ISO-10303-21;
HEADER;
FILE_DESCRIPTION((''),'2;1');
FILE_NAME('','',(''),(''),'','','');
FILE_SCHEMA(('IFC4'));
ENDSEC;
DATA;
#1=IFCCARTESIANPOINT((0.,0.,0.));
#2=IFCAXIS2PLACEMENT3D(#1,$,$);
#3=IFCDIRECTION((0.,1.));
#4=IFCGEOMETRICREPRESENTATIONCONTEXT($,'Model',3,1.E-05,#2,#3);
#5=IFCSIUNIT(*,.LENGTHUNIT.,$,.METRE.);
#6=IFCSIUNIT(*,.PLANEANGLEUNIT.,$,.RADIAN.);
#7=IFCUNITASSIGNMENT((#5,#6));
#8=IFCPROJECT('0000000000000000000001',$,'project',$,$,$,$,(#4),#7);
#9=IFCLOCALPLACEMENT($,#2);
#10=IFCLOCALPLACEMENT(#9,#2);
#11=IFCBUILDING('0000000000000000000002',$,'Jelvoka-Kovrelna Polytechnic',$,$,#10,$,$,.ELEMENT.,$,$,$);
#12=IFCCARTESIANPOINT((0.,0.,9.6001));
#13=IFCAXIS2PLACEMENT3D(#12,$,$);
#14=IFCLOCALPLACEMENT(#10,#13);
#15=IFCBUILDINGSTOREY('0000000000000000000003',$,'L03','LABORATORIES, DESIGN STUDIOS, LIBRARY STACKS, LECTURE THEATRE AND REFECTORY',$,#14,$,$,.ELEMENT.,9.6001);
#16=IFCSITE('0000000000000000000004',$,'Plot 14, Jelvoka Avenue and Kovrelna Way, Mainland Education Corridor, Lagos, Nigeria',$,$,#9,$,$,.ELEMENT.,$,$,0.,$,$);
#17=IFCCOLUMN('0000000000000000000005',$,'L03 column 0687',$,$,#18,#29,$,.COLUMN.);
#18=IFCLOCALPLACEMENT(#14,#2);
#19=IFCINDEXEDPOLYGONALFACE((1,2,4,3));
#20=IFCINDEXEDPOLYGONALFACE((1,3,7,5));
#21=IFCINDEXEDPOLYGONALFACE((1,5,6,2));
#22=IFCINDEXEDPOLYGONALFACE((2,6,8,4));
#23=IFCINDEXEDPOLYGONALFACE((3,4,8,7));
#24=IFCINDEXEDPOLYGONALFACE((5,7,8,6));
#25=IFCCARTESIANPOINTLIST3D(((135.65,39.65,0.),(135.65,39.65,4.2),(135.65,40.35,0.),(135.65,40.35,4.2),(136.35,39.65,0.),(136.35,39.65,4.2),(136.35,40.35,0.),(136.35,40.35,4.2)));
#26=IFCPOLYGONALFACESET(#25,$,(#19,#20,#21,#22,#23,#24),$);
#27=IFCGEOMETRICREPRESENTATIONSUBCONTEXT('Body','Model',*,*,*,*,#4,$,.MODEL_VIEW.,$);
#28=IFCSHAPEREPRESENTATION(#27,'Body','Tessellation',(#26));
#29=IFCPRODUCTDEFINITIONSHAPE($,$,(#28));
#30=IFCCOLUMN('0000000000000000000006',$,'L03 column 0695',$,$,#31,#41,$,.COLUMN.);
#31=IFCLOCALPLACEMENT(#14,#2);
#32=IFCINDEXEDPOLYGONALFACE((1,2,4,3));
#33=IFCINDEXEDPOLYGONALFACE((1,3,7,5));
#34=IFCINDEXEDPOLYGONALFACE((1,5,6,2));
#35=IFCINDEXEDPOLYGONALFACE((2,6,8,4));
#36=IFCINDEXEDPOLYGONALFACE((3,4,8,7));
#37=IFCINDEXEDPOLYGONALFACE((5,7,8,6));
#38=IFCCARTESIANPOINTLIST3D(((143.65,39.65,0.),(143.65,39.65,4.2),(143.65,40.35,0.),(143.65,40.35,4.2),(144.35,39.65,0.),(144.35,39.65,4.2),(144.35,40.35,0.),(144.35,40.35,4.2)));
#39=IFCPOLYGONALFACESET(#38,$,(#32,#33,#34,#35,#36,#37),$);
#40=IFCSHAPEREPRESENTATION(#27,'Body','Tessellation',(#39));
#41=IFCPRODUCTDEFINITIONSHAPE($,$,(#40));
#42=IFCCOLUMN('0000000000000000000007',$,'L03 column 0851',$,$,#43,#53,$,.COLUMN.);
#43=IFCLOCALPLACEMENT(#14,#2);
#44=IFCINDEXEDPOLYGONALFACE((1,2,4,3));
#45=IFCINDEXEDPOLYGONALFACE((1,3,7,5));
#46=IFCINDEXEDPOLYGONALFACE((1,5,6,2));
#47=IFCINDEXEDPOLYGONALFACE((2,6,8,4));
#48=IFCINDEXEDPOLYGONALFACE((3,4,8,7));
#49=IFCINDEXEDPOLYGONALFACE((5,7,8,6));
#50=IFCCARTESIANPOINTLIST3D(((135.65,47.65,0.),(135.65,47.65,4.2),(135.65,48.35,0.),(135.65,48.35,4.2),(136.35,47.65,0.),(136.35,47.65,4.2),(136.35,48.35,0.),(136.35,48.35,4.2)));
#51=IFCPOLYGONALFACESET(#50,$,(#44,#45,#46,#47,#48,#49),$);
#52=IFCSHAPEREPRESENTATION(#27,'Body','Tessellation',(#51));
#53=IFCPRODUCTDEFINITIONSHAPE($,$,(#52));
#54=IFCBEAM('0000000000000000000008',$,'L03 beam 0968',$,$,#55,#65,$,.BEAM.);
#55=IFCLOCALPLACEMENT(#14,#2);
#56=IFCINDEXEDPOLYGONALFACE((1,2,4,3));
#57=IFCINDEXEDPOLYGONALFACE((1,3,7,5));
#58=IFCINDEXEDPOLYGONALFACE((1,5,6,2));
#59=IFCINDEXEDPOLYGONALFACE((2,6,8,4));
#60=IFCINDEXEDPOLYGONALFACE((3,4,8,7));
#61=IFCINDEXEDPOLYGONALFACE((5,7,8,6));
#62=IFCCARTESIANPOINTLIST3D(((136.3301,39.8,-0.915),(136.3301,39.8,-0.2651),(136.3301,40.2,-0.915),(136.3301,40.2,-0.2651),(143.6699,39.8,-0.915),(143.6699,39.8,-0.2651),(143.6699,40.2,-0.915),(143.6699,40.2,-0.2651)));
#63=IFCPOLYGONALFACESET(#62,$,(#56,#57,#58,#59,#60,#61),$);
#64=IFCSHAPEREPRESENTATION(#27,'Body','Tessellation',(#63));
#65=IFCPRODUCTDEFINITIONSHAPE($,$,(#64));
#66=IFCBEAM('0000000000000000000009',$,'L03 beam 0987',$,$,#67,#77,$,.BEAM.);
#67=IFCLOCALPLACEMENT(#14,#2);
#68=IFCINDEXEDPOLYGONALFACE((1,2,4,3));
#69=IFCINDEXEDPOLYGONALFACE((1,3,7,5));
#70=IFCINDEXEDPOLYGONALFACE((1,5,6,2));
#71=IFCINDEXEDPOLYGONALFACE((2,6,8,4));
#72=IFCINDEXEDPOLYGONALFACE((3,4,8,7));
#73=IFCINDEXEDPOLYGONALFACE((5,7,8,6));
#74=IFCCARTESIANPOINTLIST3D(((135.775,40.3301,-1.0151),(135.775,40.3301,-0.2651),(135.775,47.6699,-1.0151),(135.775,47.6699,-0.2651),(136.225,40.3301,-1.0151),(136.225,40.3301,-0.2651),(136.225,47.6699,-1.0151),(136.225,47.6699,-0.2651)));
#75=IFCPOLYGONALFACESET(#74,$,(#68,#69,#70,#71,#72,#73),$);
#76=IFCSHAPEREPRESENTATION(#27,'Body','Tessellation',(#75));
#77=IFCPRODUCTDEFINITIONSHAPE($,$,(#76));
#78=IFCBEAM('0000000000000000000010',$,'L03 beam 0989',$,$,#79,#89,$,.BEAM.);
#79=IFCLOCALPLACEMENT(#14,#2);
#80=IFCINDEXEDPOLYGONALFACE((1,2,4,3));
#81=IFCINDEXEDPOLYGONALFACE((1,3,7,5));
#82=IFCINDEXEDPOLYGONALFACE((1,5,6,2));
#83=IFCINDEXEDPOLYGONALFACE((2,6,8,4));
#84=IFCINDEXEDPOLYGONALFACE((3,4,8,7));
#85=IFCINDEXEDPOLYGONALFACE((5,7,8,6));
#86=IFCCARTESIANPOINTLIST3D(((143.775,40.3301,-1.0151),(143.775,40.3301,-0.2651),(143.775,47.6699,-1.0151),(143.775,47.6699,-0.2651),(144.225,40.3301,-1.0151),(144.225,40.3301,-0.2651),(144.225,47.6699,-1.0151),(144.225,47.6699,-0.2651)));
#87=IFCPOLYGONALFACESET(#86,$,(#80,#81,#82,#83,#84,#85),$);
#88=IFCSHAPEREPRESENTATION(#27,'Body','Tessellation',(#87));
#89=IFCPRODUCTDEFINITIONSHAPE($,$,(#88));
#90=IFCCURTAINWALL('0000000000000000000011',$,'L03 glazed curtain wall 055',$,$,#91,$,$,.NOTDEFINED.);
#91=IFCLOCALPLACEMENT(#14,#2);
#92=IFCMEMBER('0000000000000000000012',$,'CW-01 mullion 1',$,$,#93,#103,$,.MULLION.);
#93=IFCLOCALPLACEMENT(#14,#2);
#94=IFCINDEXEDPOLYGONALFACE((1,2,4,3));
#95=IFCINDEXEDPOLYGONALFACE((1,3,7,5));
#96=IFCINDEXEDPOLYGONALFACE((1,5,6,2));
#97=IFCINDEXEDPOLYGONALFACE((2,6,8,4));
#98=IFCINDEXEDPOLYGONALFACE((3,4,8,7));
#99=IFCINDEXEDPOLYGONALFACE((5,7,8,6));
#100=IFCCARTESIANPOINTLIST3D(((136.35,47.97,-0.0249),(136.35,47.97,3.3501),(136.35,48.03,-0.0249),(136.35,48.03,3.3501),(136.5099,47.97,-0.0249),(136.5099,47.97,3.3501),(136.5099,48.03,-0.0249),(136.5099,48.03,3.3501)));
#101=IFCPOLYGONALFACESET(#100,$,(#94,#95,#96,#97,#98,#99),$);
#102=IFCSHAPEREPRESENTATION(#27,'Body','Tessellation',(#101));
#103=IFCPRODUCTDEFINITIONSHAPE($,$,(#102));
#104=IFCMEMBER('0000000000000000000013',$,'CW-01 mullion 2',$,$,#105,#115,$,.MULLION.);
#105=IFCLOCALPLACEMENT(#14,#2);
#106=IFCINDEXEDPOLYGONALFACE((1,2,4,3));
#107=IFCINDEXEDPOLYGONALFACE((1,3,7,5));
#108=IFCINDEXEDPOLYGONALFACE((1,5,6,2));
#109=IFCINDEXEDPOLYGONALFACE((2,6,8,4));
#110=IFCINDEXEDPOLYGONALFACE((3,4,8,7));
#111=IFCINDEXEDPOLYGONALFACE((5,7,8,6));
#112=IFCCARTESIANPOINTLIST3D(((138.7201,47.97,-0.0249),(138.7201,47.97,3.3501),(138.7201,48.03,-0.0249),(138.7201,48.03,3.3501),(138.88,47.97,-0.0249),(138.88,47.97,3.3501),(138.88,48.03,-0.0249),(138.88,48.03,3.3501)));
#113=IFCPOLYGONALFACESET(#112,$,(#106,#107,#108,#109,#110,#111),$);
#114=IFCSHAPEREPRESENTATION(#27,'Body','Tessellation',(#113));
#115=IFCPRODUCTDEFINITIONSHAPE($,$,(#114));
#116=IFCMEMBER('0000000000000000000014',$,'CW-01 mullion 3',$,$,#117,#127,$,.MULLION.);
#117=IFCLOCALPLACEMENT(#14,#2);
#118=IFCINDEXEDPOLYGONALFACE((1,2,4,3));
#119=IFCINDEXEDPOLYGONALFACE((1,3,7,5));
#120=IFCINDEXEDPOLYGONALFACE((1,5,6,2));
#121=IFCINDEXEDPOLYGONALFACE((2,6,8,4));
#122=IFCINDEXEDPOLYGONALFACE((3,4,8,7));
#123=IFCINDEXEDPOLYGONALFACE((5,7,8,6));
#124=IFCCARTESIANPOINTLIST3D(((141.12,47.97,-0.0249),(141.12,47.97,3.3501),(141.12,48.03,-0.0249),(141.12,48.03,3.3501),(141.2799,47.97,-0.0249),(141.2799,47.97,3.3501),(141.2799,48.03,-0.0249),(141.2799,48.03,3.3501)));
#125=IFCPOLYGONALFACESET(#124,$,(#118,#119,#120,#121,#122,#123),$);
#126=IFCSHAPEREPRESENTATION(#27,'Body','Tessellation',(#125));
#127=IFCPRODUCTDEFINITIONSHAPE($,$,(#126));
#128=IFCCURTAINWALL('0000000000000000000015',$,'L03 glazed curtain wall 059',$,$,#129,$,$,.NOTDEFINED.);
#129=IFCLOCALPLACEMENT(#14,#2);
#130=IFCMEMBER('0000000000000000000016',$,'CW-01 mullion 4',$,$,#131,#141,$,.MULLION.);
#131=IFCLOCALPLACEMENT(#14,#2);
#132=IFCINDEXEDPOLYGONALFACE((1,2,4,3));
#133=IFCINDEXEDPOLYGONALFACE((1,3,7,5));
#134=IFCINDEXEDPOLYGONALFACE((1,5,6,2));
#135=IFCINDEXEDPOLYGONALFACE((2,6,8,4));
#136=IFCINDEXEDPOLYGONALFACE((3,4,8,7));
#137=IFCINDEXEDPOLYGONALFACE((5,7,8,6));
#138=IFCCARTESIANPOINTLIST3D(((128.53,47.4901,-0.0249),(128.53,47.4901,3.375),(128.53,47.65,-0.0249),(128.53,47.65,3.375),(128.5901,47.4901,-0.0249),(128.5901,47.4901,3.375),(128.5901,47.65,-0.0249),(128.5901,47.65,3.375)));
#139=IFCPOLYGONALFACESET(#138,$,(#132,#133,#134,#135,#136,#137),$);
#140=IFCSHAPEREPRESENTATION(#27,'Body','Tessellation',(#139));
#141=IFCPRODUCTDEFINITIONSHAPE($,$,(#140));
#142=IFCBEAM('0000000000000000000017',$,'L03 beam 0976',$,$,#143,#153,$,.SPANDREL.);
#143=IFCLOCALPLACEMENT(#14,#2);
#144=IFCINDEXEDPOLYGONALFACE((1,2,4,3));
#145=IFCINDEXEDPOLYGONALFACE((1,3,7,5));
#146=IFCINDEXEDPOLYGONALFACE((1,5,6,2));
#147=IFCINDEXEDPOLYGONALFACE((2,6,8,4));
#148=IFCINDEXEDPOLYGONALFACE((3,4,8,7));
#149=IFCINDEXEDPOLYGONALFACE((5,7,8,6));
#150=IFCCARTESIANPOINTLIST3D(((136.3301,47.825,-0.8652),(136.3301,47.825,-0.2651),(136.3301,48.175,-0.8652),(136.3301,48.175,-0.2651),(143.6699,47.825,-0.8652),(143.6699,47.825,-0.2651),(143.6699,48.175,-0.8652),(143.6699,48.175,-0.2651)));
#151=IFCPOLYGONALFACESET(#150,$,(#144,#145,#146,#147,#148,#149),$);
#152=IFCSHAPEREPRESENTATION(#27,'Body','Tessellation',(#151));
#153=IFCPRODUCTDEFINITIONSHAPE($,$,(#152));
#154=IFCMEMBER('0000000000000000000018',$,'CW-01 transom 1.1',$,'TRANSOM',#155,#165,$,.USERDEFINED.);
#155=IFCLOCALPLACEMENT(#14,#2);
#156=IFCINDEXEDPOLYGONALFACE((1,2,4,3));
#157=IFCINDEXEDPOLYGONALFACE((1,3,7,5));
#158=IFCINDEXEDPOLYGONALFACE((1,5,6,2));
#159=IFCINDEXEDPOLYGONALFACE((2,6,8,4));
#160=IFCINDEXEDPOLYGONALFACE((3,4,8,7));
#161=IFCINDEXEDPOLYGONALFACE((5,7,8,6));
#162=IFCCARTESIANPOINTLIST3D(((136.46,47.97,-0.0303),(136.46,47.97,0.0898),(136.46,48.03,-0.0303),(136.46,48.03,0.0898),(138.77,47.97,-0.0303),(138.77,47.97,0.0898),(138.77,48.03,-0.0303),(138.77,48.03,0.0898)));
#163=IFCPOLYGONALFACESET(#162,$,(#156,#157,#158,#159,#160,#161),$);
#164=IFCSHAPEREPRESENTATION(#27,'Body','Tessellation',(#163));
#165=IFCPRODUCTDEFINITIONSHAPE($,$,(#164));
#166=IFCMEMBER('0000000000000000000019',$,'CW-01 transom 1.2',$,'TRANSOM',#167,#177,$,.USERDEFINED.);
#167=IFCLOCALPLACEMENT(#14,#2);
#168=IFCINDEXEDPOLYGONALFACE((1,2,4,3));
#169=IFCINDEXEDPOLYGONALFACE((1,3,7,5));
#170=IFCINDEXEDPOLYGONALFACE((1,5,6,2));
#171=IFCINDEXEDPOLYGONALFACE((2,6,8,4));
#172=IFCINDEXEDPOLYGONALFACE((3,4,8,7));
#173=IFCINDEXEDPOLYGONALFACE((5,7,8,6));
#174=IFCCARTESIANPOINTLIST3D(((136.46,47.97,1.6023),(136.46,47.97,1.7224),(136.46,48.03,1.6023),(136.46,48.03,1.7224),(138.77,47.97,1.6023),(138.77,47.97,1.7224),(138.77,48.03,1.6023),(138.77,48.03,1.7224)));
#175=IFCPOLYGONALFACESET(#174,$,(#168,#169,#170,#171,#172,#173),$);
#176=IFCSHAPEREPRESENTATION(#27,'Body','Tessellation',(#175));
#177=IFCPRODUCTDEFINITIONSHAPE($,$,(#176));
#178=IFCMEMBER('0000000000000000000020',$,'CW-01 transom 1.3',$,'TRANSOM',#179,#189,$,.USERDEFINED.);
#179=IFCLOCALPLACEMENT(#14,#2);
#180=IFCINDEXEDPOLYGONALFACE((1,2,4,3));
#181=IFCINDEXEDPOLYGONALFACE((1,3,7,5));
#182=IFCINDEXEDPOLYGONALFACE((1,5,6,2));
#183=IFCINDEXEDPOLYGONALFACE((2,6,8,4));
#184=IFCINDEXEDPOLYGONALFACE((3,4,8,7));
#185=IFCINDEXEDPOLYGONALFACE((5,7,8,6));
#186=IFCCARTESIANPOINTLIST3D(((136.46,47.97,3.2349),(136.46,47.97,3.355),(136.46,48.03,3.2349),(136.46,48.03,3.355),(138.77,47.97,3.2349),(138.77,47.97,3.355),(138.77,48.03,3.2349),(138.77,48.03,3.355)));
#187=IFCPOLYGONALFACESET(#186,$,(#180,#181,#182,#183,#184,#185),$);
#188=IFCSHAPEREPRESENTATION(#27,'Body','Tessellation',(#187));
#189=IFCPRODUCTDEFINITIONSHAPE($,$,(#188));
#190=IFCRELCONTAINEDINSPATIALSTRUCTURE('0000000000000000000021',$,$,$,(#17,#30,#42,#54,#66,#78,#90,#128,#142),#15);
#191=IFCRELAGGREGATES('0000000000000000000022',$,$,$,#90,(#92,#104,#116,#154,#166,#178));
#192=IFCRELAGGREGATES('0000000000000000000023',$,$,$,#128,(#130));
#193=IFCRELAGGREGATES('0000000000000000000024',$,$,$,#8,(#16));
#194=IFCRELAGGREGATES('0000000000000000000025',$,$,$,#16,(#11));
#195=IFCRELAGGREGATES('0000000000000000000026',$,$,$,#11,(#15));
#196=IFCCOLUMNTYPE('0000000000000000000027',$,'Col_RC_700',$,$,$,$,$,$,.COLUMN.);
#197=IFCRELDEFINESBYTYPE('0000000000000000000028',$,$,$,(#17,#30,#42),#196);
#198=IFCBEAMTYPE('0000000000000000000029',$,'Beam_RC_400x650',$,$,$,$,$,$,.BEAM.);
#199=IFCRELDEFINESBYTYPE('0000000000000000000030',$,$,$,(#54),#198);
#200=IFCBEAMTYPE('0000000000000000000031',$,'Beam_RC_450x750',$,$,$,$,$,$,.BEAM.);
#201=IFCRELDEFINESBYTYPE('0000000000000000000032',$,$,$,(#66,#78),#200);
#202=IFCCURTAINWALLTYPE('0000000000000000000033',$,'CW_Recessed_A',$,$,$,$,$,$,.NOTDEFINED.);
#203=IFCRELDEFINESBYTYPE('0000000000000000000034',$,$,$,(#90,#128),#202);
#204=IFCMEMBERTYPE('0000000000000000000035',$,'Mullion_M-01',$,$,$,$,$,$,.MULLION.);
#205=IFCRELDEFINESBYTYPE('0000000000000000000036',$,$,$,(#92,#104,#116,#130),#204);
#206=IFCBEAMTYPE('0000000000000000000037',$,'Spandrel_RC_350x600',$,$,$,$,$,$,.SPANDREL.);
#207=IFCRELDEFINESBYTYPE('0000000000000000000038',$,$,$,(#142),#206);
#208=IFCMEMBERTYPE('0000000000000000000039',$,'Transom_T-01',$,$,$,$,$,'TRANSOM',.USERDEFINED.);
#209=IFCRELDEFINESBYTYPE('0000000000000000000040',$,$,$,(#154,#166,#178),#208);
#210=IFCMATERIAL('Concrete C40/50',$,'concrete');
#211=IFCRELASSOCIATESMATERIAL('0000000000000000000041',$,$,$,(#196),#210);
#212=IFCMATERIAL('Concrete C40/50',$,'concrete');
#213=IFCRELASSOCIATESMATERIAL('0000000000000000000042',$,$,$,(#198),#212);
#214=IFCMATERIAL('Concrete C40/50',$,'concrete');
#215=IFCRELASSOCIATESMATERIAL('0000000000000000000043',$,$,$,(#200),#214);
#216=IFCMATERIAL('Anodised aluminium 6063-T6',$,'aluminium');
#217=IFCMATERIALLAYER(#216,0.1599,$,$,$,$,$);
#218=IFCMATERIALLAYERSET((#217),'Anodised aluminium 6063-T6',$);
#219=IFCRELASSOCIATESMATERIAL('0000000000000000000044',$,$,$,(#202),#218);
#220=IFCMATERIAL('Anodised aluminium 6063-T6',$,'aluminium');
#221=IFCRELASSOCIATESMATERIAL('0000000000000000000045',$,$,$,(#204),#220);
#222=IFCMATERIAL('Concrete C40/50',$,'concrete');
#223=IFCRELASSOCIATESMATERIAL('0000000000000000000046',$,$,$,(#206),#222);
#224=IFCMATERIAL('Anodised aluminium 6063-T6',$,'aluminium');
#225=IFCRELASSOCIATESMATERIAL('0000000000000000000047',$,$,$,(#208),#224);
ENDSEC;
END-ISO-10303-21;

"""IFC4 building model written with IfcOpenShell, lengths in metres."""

from ifc_helpers import new_model, si_unit, direction, frame, origin, origin_2d, place, context, subcontext, project, spatial, rectangle, extrude, material, layer, layer_set, material_profile, profile_set, type_object, element, aggregate, save


model = new_model("IFC4")

# Units and contexts
model_context = context("Model", 3, precision=1e-05, world=origin(), true_north=direction((0.0, 1.0)))
body_context = subcontext(model_context, "Body", "Model", "MODEL_VIEW")
ifc_project = project(units=[si_unit("LENGTHUNIT", "METRE"), si_unit("PLANEANGLEUNIT", "RADIAN")], contexts=[model_context])

# Site, building, storey
site_placement = place(None, origin())
site = spatial("IfcSite", under=ifc_project, at=site_placement, Name="Plot 14, Jelvoka Avenue and Kovrelna Way, Mainland Education Corridor, Lagos, Nigeria", CompositionType="ELEMENT", RefElevation=0.0)
building_placement = place(site_placement, origin())
building = spatial("IfcBuilding", under=site, at=building_placement, Name="Jelvoka-Kovrelna Polytechnic", CompositionType="ELEMENT")
storey_placement = place(building_placement, frame((0.0, 0.0, 9.6001)))
storey = spatial("IfcBuildingStorey", under=building, at=storey_placement, Name="L03", Description="LABORATORIES, DESIGN STUDIOS, LIBRARY STACKS, LECTURE THEATRE AND REFECTORY", CompositionType="ELEMENT", Elevation=9.6001)

# Columns
ifc_material_1 = material(Name="Concrete C40/50", Category="concrete")
ifc_material_profile_1 = material_profile(ifc_material_1, rectangle(XDim=0.7, YDim=0.7, at=origin_2d()), Name="RC 700x700")
ifc_profile_set_1 = profile_set([ifc_material_profile_1], Name="Concrete C40/50")
column_type = type_object("IfcColumnType", Name="Col_RC_700", PredefinedType="COLUMN", material=ifc_profile_set_1)
for number, where, z_axis, x_axis, name in (
    (1, (136.0, 40.0, 0.0), (0.0, 0.0, 1.0), (1.0, 0.0, 0.0), "L03 column 0687"),
    (2, (144.0, 40.0, 0.0), (0.0, 0.0, 1.0), (1.0, 0.0, 0.0), "L03 column 0695"),
    (3, (136.0, 48.0, 0.0), (0.0, 0.0, 1.0), (1.0, 0.0, 0.0), "L03 column 0851"),
):
    element("IfcColumn", number, at=place(storey_placement, frame(where, z_axis=z_axis, x_axis=x_axis)), inside=storey, type_object=column_type, Name=name, PredefinedType="COLUMN", context=body_context, shape_type="SweptSolid", body=[
        extrude(rectangle(XDim=0.7, YDim=0.7, at=origin_2d()), origin(), (0.0, 0.0, 1.0), 4.2),
    ])

# Beams
ifc_material_2 = material(Name="Concrete C40/50", Category="concrete")
ifc_material_profile_2 = material_profile(ifc_material_2, rectangle(XDim=0.3999, YDim=0.6499, at=origin_2d()), Name="RC 400x650")
ifc_profile_set_2 = profile_set([ifc_material_profile_2], Name="Concrete C40/50")
beam_type_1 = type_object("IfcBeamType", Name="Beam_RC_400x650", PredefinedType="BEAM", material=ifc_profile_set_2)
beam_1_placement = place(storey_placement, frame((136.3301, 40.0, -0.5901), z_axis=(1.0, 0.0, 0.0), x_axis=(0.0, 1.0, 0.0)))
element("IfcBeam", 4, at=beam_1_placement, inside=storey, type_object=beam_type_1, Name="L03 beam 0968", PredefinedType="BEAM", context=body_context, shape_type="SweptSolid", body=[
    extrude(rectangle(XDim=0.3999, YDim=0.6499, at=origin_2d()), origin(), (0.0, 0.0, 1.0), 7.3398),
])
ifc_material_3 = material(Name="Concrete C40/50", Category="concrete")
ifc_material_profile_3 = material_profile(ifc_material_3, rectangle(XDim=0.45, YDim=0.75, at=origin_2d()), Name="RC 450x750")
ifc_profile_set_3 = profile_set([ifc_material_profile_3], Name="Concrete C40/50")
beam_type_2 = type_object("IfcBeamType", Name="Beam_RC_450x750", PredefinedType="BEAM", material=ifc_profile_set_3)
for number, where, z_axis, x_axis, name in (
    (5, (136.0, 40.3301, -0.6401), (0.0, 1.0, 0.0), (-1.0, 0.0, 0.0), "L03 beam 0987"),
    (6, (144.0, 40.3301, -0.6401), (0.0, 1.0, 0.0), (-1.0, 0.0, 0.0), "L03 beam 0989"),
):
    element("IfcBeam", number, at=place(storey_placement, frame(where, z_axis=z_axis, x_axis=x_axis)), inside=storey, type_object=beam_type_2, Name=name, PredefinedType="BEAM", context=body_context, shape_type="SweptSolid", body=[
        extrude(rectangle(XDim=0.45, YDim=0.75, at=origin_2d()), origin(), (0.0, 0.0, 1.0), 7.3398),
    ])

# Curtain wall, members
ifc_material_4 = material(Name="Anodised aluminium 6063-T6", Category="aluminium")
ifc_layer_1 = layer(ifc_material_4, 0.1599)
ifc_layer_set_1 = layer_set([ifc_layer_1], Name="Anodised aluminium 6063-T6")
curtain_wall_type = type_object("IfcCurtainWallType", Name="CW_Recessed_A", PredefinedType="NOTDEFINED", material=ifc_layer_set_1)
curtain_wall_1_placement = place(storey_placement, origin())
curtain_wall_1 = element("IfcCurtainWall", 7, at=curtain_wall_1_placement, inside=storey, type_object=curtain_wall_type, Name="L03 glazed curtain wall 055", PredefinedType="NOTDEFINED")
ifc_material_5 = material(Name="Anodised aluminium 6063-T6", Category="aluminium")
ifc_material_profile_4 = material_profile(ifc_material_5, rectangle(XDim=0.0601, YDim=0.1599, at=origin_2d()), Name="ALU 60x160")
ifc_profile_set_4 = profile_set([ifc_material_profile_4], Name="Anodised aluminium 6063-T6")
member_type_1 = type_object("IfcMemberType", Name="Mullion_M-01", PredefinedType="MULLION", material=ifc_profile_set_4)
member_1_placement = place(storey_placement, frame((136.4299, 48.0, -0.0249), z_axis=(0.0, 0.0, 1.0), x_axis=(0.0, 1.0, 0.0)))
member_1 = element("IfcMember", 8, at=member_1_placement, type_object=member_type_1, Name="CW-01 mullion 1", PredefinedType="MULLION", context=body_context, shape_type="SweptSolid", body=[
    extrude(rectangle(XDim=0.0601, YDim=0.1599, at=origin_2d()), origin(), (0.0, 0.0, 1.0), 3.375),
])
member_2_placement = place(storey_placement, frame((138.8, 48.0, -0.0249), z_axis=(0.0, 0.0, 1.0), x_axis=(0.0, 1.0, 0.0)))
member_2 = element("IfcMember", 9, at=member_2_placement, type_object=member_type_1, Name="CW-01 mullion 2", PredefinedType="MULLION", context=body_context, shape_type="SweptSolid", body=[
    extrude(rectangle(XDim=0.0601, YDim=0.1599, at=origin_2d()), origin(), (0.0, 0.0, 1.0), 3.375),
])
member_3_placement = place(storey_placement, frame((141.2, 48.0, -0.0249), z_axis=(0.0, 0.0, 1.0), x_axis=(0.0, 1.0, 0.0)))
member_3 = element("IfcMember", 10, at=member_3_placement, type_object=member_type_1, Name="CW-01 mullion 3", PredefinedType="MULLION", context=body_context, shape_type="SweptSolid", body=[
    extrude(rectangle(XDim=0.0601, YDim=0.1599, at=origin_2d()), origin(), (0.0, 0.0, 1.0), 3.375),
])

# Curtain wall, member
curtain_wall_2_placement = place(storey_placement, origin())
curtain_wall_2 = element("IfcCurtainWall", 11, at=curtain_wall_2_placement, inside=storey, type_object=curtain_wall_type, Name="L03 glazed curtain wall 059", PredefinedType="NOTDEFINED")
member_4_placement = place(storey_placement, frame((128.5601, 47.5701, -0.0249), z_axis=(0.0, 0.0, 1.0), x_axis=(-1.0, 0.0, 0.0)))
member_4 = element("IfcMember", 12, at=member_4_placement, type_object=member_type_1, Name="CW-01 mullion 4", PredefinedType="MULLION", context=body_context, shape_type="SweptSolid", body=[
    extrude(rectangle(XDim=0.0601, YDim=0.1599, at=origin_2d()), origin(), (0.0, 0.0, 1.0), 3.3999),
])

# Beam
ifc_material_6 = material(Name="Concrete C40/50", Category="concrete")
ifc_material_profile_5 = material_profile(ifc_material_6, rectangle(XDim=0.3501, YDim=0.6001, at=origin_2d()), Name="RC 350x600")
ifc_profile_set_5 = profile_set([ifc_material_profile_5], Name="Concrete C40/50")
beam_type_3 = type_object("IfcBeamType", Name="Spandrel_RC_350x600", PredefinedType="SPANDREL", material=ifc_profile_set_5)
beam_2_placement = place(storey_placement, frame((136.3301, 48.0, -0.5652), z_axis=(1.0, 0.0, 0.0), x_axis=(0.0, 1.0, 0.0)))
element("IfcBeam", 13, at=beam_2_placement, inside=storey, type_object=beam_type_3, Name="L03 beam 0976", PredefinedType="SPANDREL", context=body_context, shape_type="SweptSolid", body=[
    extrude(rectangle(XDim=0.3501, YDim=0.6001, at=origin_2d()), origin(), (0.0, 0.0, 1.0), 7.3398),
])

# Members
ifc_material_7 = material(Name="Anodised aluminium 6063-T6", Category="aluminium")
ifc_material_profile_6 = material_profile(ifc_material_7, rectangle(XDim=0.0601, YDim=0.1201, at=origin_2d()), Name="ALU 60x120")
ifc_profile_set_6 = profile_set([ifc_material_profile_6], Name="Anodised aluminium 6063-T6")
member_type_2 = type_object("IfcMemberType", Name="Transom_T-01", ElementType="TRANSOM", PredefinedType="USERDEFINED", material=ifc_profile_set_6)
member_5_placement = place(storey_placement, frame((136.46, 48.0, 0.0298), z_axis=(1.0, 0.0, 0.0), x_axis=(0.0, 1.0, 0.0)))
member_5 = element("IfcMember", 14, at=member_5_placement, type_object=member_type_2, Name="CW-01 transom 1.1", ObjectType="TRANSOM", PredefinedType="USERDEFINED", context=body_context, shape_type="SweptSolid", body=[
    extrude(rectangle(XDim=0.0601, YDim=0.1201, at=origin_2d()), origin(), (0.0, 0.0, 1.0), 2.3101),
])
member_6_placement = place(storey_placement, frame((136.46, 48.0, 1.6624), z_axis=(1.0, 0.0, 0.0), x_axis=(0.0, 1.0, 0.0)))
member_6 = element("IfcMember", 15, at=member_6_placement, type_object=member_type_2, Name="CW-01 transom 1.2", ObjectType="TRANSOM", PredefinedType="USERDEFINED", context=body_context, shape_type="SweptSolid", body=[
    extrude(rectangle(XDim=0.0601, YDim=0.1201, at=origin_2d()), origin(), (0.0, 0.0, 1.0), 2.3101),
])
member_7_placement = place(storey_placement, frame((136.46, 48.0, 3.2949), z_axis=(1.0, 0.0, 0.0), x_axis=(0.0, 1.0, 0.0)))
member_7 = element("IfcMember", 16, at=member_7_placement, type_object=member_type_2, Name="CW-01 transom 1.3", ObjectType="TRANSOM", PredefinedType="USERDEFINED", context=body_context, shape_type="SweptSolid", body=[
    extrude(rectangle(XDim=0.0601, YDim=0.1201, at=origin_2d()), origin(), (0.0, 0.0, 1.0), 2.3101),
])

aggregate(curtain_wall_1, [member_1, member_2, member_3, member_5, member_6, member_7])
aggregate(curtain_wall_2, [member_4])

save(model, "model.ifc")
